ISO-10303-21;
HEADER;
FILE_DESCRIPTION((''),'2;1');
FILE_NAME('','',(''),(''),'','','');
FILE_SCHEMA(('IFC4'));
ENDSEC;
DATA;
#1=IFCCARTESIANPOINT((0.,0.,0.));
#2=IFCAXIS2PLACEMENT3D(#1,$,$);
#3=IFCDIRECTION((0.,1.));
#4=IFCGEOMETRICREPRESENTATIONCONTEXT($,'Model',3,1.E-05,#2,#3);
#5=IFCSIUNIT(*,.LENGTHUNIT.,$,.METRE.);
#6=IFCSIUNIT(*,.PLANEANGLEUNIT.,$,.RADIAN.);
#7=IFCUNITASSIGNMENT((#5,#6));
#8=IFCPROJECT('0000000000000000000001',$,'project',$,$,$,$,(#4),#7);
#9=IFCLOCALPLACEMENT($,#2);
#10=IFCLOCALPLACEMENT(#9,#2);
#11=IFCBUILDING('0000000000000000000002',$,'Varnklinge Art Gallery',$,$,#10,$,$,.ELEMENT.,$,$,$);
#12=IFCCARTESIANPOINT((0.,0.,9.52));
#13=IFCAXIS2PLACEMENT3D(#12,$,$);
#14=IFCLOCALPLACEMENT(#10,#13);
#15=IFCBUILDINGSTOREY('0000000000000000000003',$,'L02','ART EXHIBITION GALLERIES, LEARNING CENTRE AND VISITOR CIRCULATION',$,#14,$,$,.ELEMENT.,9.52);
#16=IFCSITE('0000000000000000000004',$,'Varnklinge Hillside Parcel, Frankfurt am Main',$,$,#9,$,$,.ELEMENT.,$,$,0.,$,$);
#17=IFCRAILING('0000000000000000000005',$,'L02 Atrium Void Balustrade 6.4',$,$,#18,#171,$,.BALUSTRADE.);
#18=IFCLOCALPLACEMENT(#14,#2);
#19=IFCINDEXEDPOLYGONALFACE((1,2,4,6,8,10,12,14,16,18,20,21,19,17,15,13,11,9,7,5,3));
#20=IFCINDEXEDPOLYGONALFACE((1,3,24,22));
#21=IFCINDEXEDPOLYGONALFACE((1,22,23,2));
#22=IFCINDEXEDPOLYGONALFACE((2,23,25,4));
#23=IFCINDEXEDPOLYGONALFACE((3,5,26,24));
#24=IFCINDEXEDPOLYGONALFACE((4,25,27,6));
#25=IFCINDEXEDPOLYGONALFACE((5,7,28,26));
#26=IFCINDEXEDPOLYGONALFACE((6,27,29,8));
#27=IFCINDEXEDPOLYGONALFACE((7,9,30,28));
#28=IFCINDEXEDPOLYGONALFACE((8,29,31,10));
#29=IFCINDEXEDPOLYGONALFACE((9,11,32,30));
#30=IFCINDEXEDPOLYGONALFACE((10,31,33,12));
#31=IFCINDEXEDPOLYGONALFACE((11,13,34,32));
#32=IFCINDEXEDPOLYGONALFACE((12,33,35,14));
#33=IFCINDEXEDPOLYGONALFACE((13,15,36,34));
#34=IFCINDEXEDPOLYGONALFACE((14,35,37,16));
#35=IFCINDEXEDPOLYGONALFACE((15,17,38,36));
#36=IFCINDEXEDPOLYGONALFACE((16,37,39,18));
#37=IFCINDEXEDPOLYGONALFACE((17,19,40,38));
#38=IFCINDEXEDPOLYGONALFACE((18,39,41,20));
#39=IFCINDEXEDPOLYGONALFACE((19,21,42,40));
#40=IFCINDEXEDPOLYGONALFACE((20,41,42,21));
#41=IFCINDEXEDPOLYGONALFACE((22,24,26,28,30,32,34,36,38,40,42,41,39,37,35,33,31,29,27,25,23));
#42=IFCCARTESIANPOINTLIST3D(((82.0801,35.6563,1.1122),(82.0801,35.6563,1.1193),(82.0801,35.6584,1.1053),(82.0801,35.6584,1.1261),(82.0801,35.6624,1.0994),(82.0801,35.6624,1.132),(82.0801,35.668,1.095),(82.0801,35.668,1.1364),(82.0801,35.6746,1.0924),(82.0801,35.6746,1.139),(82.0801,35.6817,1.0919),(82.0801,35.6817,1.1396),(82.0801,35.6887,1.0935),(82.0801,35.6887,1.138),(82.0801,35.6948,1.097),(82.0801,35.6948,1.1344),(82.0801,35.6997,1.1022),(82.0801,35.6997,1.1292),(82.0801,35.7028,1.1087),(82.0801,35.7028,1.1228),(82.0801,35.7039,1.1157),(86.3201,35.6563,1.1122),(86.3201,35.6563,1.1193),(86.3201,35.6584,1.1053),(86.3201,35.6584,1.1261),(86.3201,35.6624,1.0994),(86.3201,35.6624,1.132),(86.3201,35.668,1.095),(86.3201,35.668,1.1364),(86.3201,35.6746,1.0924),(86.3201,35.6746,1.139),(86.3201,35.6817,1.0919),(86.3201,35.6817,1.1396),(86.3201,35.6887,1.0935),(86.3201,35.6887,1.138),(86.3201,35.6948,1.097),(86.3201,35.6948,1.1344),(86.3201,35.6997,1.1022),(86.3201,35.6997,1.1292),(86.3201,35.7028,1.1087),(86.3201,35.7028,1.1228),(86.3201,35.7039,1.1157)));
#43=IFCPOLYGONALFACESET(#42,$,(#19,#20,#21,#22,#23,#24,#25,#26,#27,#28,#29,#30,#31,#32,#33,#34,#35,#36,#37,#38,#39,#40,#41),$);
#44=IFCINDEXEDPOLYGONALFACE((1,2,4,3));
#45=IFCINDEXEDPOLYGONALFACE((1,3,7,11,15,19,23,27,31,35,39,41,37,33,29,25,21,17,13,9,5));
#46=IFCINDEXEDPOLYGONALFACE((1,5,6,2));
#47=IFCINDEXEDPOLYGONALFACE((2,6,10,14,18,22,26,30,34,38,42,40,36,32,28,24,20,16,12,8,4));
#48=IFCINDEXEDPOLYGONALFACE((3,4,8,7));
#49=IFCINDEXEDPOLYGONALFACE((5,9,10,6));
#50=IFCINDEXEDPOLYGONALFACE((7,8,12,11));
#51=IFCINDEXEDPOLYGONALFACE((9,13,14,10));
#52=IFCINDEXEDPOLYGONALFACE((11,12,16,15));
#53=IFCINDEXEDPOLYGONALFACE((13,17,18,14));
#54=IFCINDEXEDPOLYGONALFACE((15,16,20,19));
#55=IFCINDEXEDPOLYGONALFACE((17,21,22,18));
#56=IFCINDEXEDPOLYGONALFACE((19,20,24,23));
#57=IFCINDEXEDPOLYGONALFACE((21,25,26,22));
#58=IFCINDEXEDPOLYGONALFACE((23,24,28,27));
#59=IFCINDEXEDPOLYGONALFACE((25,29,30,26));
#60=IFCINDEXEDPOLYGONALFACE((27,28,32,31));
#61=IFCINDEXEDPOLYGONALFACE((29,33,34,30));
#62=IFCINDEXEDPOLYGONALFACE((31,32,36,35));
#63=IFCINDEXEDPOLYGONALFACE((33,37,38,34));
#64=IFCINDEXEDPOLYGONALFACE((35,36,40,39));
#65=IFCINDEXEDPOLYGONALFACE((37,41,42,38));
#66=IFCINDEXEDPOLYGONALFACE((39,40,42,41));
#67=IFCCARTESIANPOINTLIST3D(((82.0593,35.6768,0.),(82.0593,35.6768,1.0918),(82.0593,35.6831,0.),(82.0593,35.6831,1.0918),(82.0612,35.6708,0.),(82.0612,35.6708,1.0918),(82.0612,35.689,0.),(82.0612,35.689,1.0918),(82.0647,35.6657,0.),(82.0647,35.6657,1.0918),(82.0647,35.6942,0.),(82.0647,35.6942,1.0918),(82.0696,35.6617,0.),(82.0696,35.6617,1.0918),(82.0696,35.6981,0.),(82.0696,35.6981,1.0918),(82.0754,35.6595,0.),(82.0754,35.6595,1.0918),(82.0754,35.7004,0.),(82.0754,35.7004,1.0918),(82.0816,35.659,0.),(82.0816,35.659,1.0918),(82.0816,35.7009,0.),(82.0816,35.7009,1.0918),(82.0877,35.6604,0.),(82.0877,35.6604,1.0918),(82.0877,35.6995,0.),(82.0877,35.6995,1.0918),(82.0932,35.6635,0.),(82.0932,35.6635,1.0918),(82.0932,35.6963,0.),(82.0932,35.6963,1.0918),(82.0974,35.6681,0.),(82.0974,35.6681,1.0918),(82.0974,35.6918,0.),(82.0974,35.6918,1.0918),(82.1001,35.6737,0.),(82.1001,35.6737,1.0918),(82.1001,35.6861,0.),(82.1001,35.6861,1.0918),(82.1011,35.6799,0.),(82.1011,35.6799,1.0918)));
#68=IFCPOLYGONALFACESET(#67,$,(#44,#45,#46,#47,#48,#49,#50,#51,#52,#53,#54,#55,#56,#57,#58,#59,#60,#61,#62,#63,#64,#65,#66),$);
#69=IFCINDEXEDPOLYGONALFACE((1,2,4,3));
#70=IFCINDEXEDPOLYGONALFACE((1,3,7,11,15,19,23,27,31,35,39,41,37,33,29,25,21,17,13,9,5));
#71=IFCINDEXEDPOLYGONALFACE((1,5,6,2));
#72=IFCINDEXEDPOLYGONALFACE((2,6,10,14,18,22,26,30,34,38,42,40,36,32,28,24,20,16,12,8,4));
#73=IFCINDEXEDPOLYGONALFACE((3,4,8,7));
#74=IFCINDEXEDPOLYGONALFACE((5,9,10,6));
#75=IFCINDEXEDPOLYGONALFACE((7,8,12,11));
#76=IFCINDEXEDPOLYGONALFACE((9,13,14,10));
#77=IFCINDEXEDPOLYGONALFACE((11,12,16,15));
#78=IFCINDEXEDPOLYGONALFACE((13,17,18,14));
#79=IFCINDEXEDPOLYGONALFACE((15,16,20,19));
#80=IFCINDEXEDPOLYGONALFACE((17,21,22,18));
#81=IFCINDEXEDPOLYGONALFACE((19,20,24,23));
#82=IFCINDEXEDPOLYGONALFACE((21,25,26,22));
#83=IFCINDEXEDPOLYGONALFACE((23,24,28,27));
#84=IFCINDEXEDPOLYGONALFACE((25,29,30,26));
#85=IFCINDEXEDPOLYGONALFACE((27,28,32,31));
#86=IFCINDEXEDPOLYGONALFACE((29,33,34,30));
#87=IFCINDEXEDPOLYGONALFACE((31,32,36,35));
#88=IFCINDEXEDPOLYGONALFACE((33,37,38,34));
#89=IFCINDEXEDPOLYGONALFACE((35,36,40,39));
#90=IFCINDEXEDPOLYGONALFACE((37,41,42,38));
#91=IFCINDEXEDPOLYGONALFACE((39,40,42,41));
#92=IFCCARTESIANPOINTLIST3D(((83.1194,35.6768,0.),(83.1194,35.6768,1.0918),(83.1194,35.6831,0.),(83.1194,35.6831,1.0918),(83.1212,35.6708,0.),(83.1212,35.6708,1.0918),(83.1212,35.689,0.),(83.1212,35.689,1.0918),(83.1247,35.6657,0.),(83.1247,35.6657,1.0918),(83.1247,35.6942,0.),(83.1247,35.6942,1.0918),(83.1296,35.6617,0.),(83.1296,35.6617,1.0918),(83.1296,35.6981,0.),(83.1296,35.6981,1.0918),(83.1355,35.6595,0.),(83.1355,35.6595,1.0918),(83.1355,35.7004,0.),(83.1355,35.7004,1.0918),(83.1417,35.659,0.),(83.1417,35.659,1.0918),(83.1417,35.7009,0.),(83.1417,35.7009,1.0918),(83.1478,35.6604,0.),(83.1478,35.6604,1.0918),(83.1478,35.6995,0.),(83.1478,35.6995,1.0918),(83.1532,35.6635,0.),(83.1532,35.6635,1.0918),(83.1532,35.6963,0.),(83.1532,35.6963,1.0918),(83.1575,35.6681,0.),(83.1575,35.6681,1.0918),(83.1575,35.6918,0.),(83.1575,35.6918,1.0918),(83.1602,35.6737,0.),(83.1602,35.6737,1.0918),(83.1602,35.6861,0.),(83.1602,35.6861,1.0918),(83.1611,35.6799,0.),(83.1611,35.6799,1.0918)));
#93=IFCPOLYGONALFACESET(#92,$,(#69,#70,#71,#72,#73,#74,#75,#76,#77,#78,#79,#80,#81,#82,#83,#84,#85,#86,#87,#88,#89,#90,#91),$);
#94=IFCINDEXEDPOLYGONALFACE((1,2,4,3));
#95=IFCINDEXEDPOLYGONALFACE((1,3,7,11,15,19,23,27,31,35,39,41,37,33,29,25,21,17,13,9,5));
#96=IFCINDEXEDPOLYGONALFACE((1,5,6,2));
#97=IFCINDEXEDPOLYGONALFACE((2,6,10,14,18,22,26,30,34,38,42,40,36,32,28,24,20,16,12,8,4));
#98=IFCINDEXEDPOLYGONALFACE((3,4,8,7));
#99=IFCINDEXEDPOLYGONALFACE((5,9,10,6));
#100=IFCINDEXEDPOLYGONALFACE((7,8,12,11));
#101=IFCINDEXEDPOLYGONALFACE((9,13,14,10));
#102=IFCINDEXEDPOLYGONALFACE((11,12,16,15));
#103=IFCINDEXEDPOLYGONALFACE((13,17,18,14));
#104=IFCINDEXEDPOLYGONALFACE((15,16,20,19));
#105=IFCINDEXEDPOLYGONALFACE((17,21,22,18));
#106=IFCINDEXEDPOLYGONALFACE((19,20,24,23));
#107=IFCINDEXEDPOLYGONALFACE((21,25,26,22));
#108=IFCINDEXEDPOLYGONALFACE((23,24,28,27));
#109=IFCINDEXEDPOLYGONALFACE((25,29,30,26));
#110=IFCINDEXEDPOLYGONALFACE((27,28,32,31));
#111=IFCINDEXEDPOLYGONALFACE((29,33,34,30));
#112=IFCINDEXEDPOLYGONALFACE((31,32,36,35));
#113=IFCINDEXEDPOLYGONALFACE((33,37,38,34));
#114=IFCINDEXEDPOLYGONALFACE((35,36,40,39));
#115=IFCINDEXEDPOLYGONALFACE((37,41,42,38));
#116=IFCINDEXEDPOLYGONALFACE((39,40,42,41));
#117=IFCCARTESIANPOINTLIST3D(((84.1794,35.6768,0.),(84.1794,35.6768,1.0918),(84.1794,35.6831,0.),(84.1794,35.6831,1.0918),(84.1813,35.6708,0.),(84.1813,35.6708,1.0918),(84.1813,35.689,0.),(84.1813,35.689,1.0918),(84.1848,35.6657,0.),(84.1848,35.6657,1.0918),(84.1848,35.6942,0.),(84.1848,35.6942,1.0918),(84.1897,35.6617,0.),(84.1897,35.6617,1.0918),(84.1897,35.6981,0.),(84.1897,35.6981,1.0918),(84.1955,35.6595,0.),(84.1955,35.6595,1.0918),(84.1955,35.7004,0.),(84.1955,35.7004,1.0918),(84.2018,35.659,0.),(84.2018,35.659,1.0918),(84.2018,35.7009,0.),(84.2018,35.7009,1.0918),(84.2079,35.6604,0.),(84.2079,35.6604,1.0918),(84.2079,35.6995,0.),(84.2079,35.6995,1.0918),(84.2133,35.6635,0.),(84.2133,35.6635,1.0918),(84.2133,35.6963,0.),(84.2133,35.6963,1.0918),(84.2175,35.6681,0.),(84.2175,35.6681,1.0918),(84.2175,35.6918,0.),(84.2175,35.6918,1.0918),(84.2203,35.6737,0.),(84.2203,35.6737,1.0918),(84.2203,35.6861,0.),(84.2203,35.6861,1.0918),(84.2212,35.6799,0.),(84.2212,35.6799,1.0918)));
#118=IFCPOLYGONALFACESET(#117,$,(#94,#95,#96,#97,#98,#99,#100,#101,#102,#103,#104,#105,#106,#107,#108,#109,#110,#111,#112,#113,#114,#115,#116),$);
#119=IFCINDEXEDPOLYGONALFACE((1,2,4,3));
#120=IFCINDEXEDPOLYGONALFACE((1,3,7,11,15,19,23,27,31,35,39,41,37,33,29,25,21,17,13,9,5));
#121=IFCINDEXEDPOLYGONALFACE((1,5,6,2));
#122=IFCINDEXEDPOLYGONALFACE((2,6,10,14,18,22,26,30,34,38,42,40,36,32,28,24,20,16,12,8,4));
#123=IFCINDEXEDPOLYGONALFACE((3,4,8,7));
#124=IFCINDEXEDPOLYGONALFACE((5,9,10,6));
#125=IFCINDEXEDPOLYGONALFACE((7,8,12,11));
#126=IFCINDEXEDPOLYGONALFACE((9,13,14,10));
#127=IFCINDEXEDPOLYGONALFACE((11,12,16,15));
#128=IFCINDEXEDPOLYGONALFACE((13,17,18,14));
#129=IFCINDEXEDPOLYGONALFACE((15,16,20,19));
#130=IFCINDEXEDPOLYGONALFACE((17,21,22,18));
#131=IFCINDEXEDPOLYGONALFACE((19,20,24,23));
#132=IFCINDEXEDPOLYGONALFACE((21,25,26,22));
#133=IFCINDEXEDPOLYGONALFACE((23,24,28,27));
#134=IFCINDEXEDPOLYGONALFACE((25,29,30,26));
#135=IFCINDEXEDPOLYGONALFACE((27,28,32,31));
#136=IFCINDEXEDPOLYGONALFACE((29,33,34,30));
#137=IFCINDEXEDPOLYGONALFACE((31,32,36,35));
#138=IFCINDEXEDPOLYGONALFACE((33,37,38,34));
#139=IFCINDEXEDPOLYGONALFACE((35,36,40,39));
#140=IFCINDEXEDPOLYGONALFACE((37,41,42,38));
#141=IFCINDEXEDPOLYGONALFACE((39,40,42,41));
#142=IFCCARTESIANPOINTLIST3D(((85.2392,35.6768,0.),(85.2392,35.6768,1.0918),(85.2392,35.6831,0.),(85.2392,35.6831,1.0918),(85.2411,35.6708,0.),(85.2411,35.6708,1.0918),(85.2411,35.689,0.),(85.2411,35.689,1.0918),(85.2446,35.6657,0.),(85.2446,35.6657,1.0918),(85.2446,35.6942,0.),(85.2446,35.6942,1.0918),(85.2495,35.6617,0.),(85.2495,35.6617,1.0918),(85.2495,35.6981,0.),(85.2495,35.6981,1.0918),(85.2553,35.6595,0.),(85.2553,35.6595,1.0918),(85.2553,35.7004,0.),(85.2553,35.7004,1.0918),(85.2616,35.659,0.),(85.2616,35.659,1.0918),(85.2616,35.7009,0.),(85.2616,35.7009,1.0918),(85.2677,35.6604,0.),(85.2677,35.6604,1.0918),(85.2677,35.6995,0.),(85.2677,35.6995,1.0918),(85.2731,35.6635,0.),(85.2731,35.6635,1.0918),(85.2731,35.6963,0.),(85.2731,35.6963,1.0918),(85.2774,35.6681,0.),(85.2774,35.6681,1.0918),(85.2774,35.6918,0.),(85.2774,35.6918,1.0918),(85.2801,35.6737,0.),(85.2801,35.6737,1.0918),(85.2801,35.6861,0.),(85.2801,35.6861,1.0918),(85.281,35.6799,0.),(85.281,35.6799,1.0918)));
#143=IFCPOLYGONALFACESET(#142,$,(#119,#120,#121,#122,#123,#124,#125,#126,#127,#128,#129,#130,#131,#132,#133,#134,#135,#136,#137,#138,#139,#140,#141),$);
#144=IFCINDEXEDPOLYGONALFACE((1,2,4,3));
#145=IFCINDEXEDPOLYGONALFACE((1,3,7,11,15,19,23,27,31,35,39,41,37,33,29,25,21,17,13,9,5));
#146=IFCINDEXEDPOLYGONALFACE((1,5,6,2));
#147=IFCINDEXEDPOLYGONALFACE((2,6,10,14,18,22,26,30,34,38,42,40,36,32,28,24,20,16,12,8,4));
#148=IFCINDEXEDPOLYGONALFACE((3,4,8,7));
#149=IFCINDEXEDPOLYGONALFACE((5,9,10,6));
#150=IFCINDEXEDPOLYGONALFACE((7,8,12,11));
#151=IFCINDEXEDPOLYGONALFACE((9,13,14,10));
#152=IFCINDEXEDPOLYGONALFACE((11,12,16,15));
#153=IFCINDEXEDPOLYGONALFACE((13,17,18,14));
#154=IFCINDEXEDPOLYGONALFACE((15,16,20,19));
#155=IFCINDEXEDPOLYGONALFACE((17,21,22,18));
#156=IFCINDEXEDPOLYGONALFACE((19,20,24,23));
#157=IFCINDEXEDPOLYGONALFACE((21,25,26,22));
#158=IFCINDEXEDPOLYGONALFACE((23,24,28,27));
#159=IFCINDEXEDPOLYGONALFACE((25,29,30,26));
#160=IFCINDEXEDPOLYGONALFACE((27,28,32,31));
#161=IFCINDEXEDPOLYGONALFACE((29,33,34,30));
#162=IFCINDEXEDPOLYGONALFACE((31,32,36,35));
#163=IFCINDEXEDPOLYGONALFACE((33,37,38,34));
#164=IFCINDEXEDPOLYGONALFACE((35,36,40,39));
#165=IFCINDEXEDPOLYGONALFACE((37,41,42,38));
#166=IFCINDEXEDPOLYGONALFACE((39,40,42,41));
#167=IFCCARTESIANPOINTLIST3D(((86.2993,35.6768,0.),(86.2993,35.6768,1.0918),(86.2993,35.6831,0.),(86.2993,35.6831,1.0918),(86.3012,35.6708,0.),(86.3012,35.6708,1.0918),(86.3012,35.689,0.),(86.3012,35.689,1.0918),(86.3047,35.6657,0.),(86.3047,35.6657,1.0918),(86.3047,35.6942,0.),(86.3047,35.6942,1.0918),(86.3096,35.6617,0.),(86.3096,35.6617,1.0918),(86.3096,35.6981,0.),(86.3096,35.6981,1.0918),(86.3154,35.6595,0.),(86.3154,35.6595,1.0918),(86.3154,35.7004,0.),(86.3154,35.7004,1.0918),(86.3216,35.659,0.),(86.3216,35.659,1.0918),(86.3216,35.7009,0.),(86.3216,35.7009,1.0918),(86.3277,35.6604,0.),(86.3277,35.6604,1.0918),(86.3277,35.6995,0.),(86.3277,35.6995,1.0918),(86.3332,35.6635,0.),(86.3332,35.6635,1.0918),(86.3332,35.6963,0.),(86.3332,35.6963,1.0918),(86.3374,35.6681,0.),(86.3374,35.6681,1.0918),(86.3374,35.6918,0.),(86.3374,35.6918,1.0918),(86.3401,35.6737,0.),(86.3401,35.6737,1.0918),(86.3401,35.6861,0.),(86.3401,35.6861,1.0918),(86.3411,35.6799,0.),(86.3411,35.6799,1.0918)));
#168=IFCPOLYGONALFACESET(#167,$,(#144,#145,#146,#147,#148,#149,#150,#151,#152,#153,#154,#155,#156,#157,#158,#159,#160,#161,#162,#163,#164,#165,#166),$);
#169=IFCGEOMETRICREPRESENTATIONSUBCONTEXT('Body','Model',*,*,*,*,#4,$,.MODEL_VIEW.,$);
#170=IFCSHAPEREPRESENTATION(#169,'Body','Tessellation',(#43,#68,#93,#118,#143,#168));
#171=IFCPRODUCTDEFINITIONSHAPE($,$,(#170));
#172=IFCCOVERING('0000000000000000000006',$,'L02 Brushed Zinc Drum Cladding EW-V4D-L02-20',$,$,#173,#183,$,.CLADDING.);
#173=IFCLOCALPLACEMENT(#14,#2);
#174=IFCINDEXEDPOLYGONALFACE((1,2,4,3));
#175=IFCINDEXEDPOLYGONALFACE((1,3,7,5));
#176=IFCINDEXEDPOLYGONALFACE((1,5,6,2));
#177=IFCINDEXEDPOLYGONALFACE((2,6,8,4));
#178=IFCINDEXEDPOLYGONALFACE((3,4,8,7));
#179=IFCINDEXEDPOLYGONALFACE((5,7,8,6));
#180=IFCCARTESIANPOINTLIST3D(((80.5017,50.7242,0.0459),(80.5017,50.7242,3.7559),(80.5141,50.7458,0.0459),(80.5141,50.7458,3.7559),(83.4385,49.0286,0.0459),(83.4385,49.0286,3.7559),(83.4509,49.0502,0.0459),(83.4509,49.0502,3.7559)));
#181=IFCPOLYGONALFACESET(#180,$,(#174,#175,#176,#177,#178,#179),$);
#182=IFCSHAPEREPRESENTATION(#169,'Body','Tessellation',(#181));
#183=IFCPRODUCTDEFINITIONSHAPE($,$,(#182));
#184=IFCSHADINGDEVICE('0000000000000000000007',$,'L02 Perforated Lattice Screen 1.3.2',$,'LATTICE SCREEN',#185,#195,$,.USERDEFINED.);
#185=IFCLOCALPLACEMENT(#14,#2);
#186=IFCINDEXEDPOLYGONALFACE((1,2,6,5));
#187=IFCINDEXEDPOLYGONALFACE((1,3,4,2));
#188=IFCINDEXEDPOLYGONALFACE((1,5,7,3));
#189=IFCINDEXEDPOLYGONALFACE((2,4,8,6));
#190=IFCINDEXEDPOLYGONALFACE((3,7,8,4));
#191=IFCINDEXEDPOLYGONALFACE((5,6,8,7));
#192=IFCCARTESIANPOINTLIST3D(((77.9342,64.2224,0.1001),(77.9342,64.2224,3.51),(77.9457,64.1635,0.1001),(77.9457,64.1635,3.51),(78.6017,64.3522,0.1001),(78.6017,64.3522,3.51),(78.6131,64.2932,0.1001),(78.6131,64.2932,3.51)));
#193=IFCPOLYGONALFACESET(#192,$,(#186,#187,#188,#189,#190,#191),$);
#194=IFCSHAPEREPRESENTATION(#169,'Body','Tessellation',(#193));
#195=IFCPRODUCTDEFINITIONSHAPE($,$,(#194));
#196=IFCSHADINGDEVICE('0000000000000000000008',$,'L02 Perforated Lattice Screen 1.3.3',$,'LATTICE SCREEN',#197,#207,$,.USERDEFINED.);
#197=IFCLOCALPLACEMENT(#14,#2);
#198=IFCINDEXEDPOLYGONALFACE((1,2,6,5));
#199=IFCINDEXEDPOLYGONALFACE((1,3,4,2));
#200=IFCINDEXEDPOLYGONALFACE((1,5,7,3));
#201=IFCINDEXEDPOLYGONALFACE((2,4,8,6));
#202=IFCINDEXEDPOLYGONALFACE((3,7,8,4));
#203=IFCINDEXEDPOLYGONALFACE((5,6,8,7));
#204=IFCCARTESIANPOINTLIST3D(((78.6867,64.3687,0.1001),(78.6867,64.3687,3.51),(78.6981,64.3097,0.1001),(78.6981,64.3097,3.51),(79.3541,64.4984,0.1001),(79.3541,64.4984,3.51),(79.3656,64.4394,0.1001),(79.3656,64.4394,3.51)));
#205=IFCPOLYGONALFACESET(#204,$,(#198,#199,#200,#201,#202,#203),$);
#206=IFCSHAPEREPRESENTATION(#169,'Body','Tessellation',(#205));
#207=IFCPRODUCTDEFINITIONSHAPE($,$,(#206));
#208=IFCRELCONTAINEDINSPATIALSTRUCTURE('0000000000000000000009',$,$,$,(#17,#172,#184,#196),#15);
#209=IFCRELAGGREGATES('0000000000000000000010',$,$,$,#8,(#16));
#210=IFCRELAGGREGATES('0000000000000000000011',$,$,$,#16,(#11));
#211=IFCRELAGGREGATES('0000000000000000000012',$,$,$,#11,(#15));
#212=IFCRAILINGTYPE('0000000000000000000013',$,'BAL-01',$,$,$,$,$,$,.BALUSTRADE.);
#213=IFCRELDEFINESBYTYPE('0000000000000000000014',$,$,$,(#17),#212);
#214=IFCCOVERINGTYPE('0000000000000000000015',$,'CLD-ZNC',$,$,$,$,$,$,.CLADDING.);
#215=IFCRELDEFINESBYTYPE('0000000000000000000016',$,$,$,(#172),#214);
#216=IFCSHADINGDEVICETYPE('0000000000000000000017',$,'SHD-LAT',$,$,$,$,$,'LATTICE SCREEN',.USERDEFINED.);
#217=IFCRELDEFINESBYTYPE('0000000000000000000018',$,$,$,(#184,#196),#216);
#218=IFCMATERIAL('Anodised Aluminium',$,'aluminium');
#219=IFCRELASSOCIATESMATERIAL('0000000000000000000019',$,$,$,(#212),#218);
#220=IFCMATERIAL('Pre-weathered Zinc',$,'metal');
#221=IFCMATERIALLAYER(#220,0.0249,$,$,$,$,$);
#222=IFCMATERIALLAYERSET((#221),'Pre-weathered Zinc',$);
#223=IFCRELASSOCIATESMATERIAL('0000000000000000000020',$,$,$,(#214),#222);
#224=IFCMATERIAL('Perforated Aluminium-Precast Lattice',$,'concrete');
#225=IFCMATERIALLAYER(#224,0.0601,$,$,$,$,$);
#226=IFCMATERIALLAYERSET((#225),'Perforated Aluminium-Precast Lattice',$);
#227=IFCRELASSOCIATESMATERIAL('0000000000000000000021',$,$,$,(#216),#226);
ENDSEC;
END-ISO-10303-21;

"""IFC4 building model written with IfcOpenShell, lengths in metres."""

from ifc_helpers import new_model, si_unit, direction, frame, origin, origin_2d, place, context, subcontext, project, spatial, rectangle, circle, extrude, material, layer, layer_set, type_object, element, save


model = new_model("IFC4")

# Units and contexts
model_context = context("Model", 3, precision=1e-05, world=origin(), true_north=direction((0.0, 1.0)))
body_context = subcontext(model_context, "Body", "Model", "MODEL_VIEW")
ifc_project = project(units=[si_unit("LENGTHUNIT", "METRE"), si_unit("PLANEANGLEUNIT", "RADIAN")], contexts=[model_context])

# Site, building, storey
site_placement = place(None, origin())
site = spatial("IfcSite", under=ifc_project, at=site_placement, Name="Varnklinge Hillside Parcel, Frankfurt am Main", CompositionType="ELEMENT", RefElevation=0.0)
building_placement = place(site_placement, origin())
building = spatial("IfcBuilding", under=site, at=building_placement, Name="Varnklinge Art Gallery", CompositionType="ELEMENT")
storey_placement = place(building_placement, frame((0.0, 0.0, 9.52)))
storey = spatial("IfcBuildingStorey", under=building, at=storey_placement, Name="L02", Description="ART EXHIBITION GALLERIES, LEARNING CENTRE AND VISITOR CIRCULATION", CompositionType="ELEMENT", Elevation=9.52)

# Railing
ifc_material_1 = material(Name="Anodised Aluminium", Category="aluminium")
railing_type = type_object("IfcRailingType", Name="BAL-01", PredefinedType="BALUSTRADE", material=ifc_material_1)
railing_1_placement = place(storey_placement, frame((82.0801, 35.6799, 0.0)))
element("IfcRailing", 1, at=railing_1_placement, inside=storey, type_object=railing_type, Name="L02 Atrium Void Balustrade 6.4", PredefinedType="BALUSTRADE", context=body_context, shape_type="SweptSolid", body=[
    extrude(circle(Radius=0.0239, at=origin_2d()), frame((0.0, 0.0, 1.1157), z_axis=(1.0, 0.0, 0.0), x_axis=(0.0, 1.0, 0.0)), (0.0, 0.0, 1.0), 4.24),
    extrude(circle(Radius=0.021, at=origin_2d()), origin(), (0.0, 0.0, 1.0), 1.0918),
    extrude(circle(Radius=0.021, at=origin_2d()), frame((1.0601, 0.0, 0.0)), (0.0, 0.0, 1.0), 1.0918),
    extrude(circle(Radius=0.021, at=origin_2d()), frame((2.1201, 0.0, 0.0)), (0.0, 0.0, 1.0), 1.0918),
    extrude(circle(Radius=0.021, at=origin_2d()), frame((3.1799, 0.0, 0.0)), (0.0, 0.0, 1.0), 1.0918),
    extrude(circle(Radius=0.021, at=origin_2d()), frame((4.24, 0.0, 0.0)), (0.0, 0.0, 1.0), 1.0918),
])

# Covering
ifc_material_2 = material(Name="Pre-weathered Zinc", Category="metal")
ifc_layer_1 = layer(ifc_material_2, 0.0249)
ifc_layer_set_1 = layer_set([ifc_layer_1], Name="Pre-weathered Zinc")
covering_type = type_object("IfcCoveringType", Name="CLD-ZNC", PredefinedType="CLADDING", material=ifc_layer_set_1)
covering_placement = place(storey_placement, frame((81.9763, 49.8872, 0.0459), z_axis=(0.0, 0.0, 1.0), x_axis=(0.866025, -0.5, 0.0)))
element("IfcCovering", 2, at=covering_placement, inside=storey, type_object=covering_type, Name="L02 Brushed Zinc Drum Cladding EW-V4D-L02-20", PredefinedType="CLADDING", context=body_context, shape_type="SweptSolid", body=[
    extrude(rectangle(XDim=3.3911, YDim=0.0249, at=origin_2d()), origin(), (0.0, 0.0, 1.0), 3.71),
])

# Shading devices
ifc_material_3 = material(Name="Perforated Aluminium-Precast Lattice", Category="concrete")
ifc_layer_2 = layer(ifc_material_3, 0.0601)
ifc_layer_set_2 = layer_set([ifc_layer_2], Name="Perforated Aluminium-Precast Lattice")
shading_device_type = type_object("IfcShadingDeviceType", Name="SHD-LAT", ElementType="LATTICE SCREEN", PredefinedType="USERDEFINED", material=ifc_layer_set_2)
for number, where, z_axis, x_axis, name in (
    (3, (78.2737, 64.2578, 0.1001), (0.0, 0.0, 1.0), (0.981627, 0.190809, 0.0), "L02 Perforated Lattice Screen 1.3.2"),
    (4, (79.0261, 64.4041, 0.1001), (0.0, 0.0, 1.0), (0.981627, 0.190809, 0.0), "L02 Perforated Lattice Screen 1.3.3"),
):
    element("IfcShadingDevice", number, at=place(storey_placement, frame(where, z_axis=z_axis, x_axis=x_axis)), inside=storey, type_object=shading_device_type, Name=name, ObjectType="LATTICE SCREEN", PredefinedType="USERDEFINED", context=body_context, shape_type="SweptSolid", body=[
        extrude(rectangle(XDim=0.6799, YDim=0.0601, at=origin_2d()), origin(), (0.0, 0.0, 1.0), 3.4099),
    ])

save(model, "model.ifc")
